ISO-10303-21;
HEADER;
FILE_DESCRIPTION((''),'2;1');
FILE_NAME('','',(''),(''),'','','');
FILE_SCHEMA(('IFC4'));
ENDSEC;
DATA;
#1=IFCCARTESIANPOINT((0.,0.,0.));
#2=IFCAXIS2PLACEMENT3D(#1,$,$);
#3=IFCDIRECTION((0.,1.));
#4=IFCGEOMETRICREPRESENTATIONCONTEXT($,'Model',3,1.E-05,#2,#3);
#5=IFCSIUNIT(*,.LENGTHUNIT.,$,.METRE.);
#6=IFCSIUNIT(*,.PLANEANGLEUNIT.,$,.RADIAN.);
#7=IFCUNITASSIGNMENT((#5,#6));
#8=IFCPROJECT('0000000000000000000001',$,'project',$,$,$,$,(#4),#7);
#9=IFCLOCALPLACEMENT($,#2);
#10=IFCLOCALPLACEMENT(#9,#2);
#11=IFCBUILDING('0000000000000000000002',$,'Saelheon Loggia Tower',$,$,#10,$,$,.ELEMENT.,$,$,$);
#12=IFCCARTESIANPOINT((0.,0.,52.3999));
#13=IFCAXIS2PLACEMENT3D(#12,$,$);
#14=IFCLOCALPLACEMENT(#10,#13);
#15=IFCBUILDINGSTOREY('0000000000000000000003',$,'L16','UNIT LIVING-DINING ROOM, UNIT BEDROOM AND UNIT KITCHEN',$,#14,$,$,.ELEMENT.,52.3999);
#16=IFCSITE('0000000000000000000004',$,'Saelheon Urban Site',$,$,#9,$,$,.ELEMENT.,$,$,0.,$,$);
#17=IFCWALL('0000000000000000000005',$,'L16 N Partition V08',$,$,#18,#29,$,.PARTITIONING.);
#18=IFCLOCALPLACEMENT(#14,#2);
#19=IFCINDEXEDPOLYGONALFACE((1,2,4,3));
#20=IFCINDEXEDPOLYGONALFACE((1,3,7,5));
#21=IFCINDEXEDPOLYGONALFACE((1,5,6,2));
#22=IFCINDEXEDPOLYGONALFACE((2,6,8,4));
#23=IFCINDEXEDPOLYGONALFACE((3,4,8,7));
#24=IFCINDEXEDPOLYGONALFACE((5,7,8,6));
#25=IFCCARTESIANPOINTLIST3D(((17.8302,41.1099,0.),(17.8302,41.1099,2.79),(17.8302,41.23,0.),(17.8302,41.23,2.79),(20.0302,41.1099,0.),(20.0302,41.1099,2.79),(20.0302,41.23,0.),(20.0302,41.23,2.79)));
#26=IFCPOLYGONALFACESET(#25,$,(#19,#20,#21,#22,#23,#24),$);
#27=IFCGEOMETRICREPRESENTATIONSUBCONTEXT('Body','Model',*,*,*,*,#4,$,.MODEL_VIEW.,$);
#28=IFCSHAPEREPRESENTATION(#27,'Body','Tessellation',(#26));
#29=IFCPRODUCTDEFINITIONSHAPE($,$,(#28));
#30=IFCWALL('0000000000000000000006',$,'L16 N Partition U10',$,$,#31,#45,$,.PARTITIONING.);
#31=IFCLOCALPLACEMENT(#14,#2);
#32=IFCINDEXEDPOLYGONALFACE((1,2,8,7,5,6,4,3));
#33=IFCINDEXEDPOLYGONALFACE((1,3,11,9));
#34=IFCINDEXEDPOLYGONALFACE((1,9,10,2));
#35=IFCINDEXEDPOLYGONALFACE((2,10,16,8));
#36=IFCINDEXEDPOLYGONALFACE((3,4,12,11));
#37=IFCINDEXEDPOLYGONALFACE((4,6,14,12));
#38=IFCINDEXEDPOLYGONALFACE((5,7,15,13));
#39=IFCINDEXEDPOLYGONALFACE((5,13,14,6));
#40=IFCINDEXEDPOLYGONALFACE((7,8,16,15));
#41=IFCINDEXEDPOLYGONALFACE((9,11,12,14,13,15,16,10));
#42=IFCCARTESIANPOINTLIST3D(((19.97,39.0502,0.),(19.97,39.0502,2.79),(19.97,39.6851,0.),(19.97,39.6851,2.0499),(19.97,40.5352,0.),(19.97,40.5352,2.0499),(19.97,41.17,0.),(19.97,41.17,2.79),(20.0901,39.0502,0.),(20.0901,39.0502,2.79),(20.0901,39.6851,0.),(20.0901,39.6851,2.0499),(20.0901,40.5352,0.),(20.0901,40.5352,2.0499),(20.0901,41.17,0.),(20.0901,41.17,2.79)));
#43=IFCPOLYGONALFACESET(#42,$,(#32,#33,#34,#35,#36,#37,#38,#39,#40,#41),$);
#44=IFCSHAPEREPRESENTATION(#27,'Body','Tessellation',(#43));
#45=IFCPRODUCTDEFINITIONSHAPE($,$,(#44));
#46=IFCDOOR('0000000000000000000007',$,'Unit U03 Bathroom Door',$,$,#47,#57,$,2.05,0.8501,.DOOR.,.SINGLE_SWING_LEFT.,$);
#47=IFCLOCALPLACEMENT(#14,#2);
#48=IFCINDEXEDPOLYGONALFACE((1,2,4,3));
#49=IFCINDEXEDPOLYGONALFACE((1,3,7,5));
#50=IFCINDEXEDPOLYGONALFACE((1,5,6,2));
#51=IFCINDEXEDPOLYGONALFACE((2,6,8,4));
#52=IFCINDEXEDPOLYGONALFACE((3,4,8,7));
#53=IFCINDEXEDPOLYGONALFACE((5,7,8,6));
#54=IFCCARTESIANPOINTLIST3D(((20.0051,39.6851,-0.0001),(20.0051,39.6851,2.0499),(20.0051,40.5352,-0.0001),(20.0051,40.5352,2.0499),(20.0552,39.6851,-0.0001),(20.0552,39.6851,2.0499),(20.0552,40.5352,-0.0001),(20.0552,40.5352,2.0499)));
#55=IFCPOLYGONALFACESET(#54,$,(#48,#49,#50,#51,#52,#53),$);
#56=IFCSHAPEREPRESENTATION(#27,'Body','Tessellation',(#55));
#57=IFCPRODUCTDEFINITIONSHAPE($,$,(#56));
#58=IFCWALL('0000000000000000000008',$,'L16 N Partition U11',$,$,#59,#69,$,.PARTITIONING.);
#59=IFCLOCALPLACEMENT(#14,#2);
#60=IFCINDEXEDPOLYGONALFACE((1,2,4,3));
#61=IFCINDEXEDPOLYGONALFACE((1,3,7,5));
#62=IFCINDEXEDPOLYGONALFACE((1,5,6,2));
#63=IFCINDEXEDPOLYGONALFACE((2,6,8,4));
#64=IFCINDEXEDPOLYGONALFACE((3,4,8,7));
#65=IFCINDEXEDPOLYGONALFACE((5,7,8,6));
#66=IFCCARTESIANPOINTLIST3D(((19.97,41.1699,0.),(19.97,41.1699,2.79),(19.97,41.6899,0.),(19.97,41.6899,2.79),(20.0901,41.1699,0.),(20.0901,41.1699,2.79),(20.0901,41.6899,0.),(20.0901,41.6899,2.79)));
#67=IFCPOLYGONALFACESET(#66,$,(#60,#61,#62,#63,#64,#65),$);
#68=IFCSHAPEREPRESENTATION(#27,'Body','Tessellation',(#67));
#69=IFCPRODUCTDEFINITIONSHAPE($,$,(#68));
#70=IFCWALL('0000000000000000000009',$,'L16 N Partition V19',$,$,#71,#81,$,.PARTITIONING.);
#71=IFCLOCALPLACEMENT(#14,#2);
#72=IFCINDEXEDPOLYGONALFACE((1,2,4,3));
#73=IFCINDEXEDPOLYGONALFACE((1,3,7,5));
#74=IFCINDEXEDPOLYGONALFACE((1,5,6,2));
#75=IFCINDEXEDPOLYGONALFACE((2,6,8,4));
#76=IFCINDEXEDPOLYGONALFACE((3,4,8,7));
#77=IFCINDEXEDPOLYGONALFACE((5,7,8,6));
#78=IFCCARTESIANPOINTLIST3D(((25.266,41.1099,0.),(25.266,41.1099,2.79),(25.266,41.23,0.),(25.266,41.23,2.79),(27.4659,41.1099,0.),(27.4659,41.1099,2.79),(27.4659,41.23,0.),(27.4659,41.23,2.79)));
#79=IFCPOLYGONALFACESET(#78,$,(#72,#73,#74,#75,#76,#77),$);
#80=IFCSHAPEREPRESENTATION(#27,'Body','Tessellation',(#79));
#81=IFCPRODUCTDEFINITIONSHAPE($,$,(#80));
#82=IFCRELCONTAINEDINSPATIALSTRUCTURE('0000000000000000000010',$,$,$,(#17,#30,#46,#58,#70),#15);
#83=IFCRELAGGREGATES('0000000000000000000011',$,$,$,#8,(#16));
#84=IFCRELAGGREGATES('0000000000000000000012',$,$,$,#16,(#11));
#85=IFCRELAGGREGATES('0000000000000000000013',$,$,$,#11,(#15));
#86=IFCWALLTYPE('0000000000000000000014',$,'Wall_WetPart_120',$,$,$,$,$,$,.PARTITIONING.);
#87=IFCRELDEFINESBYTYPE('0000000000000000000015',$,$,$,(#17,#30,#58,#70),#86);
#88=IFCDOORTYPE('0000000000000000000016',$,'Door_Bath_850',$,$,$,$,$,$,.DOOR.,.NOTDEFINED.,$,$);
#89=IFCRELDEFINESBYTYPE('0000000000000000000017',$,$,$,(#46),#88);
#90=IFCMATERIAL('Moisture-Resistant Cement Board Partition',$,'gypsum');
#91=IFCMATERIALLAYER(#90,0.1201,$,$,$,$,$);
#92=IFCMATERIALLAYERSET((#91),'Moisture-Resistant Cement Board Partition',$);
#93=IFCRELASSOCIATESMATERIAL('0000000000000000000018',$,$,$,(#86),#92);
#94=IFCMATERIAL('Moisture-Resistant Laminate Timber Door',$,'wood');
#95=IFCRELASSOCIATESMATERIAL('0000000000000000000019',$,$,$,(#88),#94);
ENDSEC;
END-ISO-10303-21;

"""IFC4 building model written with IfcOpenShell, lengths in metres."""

from ifc_helpers import new_model, si_unit, direction, frame, frame_2d, origin, place, context, subcontext, project, spatial, rectangle, extrude, source, transform, mapped, material, layer, layer_set, type_object, element, fill, save


model = new_model("IFC4")

# Units and contexts
model_context = context("Model", 3, precision=1e-05, world=origin(), true_north=direction((0.0, 1.0)))
body_context = subcontext(model_context, "Body", "Model", "MODEL_VIEW")
ifc_project = project(units=[si_unit("LENGTHUNIT", "METRE"), si_unit("PLANEANGLEUNIT", "RADIAN")], contexts=[model_context])

# Site, building, storey
site_placement = place(None, origin())
site = spatial("IfcSite", under=ifc_project, at=site_placement, Name="Saelheon Urban Site", CompositionType="ELEMENT", RefElevation=0.0)
building_placement = place(site_placement, origin())
building = spatial("IfcBuilding", under=site, at=building_placement, Name="Saelheon Loggia Tower", CompositionType="ELEMENT")
storey_placement = place(building_placement, frame((0.0, 0.0, 52.3999)))
storey = spatial("IfcBuildingStorey", under=building, at=storey_placement, Name="L16", Description="UNIT LIVING-DINING ROOM, UNIT BEDROOM AND UNIT KITCHEN", CompositionType="ELEMENT", Elevation=52.3999)

# Shared definitions
ifc_material_1 = material(Name="Moisture-Resistant Cement Board Partition", Category="gypsum")
ifc_layer_1 = layer(ifc_material_1, 0.1201)
ifc_layer_set_1 = layer_set([ifc_layer_1], Name="Moisture-Resistant Cement Board Partition")
wall_type_1 = type_object("IfcWallType", Name="Wall_WetPart_120", PredefinedType="PARTITIONING", material=ifc_layer_set_1)

# Wall
wall_1_placement = place(storey_placement, frame((17.8301, 41.1699, 0.0), z_axis=(0.0, 0.0, 1.0), x_axis=(1.0, 0.0, 0.0)))
element("IfcWall", 1, at=wall_1_placement, inside=storey, type_object=wall_type_1, Name="L16 N Partition V08", PredefinedType="PARTITIONING", context=body_context, shape_type="SweptSolid", body=[
    extrude(rectangle(XDim=2.2, YDim=0.1201, at=frame_2d((1.1001, 0.0))), origin(), (0.0, 0.0, 1.0), 2.79),
])

# Wall, opening, door
wall_2_placement = place(storey_placement, frame((20.03, 39.05, 0.0), z_axis=(0.0, 0.0, 1.0), x_axis=(0.0, 1.0, 0.0)))
wall_2 = element("IfcWall", 2, at=wall_2_placement, inside=storey, type_object=wall_type_1, Name="L16 N Partition U10", PredefinedType="PARTITIONING", context=body_context, shape_type="SweptSolid", body=[
    extrude(rectangle(XDim=2.1199, YDim=0.1201, at=frame_2d((1.0601, 0.0))), origin(), (0.0, 0.0, 1.0), 2.79),
])
opening_1_placement = place(wall_2_placement, frame((0.635, 0.0, 0.0)))
opening_1 = element("IfcOpeningElement", 3, at=opening_1_placement, cuts=wall_2, PredefinedType="OPENING", context=body_context, shape_type="SweptSolid", body=[
    extrude(rectangle(XDim=0.8501, YDim=2.05, at=frame_2d((0.425, 1.0249))), frame((0.0, 0.072, 0.0), z_axis=(0.0, -1.0, 0.0), x_axis=(1.0, 0.0, 0.0)), (0.0, 0.0, 1.0), 0.144),
])
ifc_material_2 = material(Name="Moisture-Resistant Laminate Timber Door", Category="wood")
door_type_1 = type_object("IfcDoorType", Name="Door_Bath_850", OperationType="NOTDEFINED", PredefinedType="DOOR", material=ifc_material_2)
shared_shape_1 = source(origin(), body_context, "Body", "SweptSolid", [
    extrude(rectangle(XDim=0.8501, YDim=2.05, at=frame_2d((0.425, 1.0249))), frame((0.0, 0.0249, 0.0), z_axis=(0.0, -1.0, 0.0), x_axis=(1.0, 0.0, 0.0)), (0.0, 0.0, 1.0), 0.05),
])
door_1_placement = place(opening_1_placement, origin())
door_1 = element("IfcDoor", 4, at=door_1_placement, inside=storey, type_object=door_type_1, Name="Unit U03 Bathroom Door", OperationType="SINGLE_SWING_LEFT", OverallHeight=2.05, OverallWidth=0.8501, PredefinedType="DOOR", context=body_context, shape_type="MappedRepresentation", body=[
    mapped(shared_shape_1, transform((0.0, 0.0, 0.0), scale=1.0)),
])
fill(opening_1, door_1)

# Walls
wall_3_placement = place(storey_placement, frame((20.03, 41.1699, 0.0), z_axis=(0.0, 0.0, 1.0), x_axis=(0.0, 1.0, 0.0)))
element("IfcWall", 5, at=wall_3_placement, inside=storey, type_object=wall_type_1, Name="L16 N Partition U11", PredefinedType="PARTITIONING", context=body_context, shape_type="SweptSolid", body=[
    extrude(rectangle(XDim=0.52, YDim=0.1201, at=frame_2d((0.26, 0.0))), origin(), (0.0, 0.0, 1.0), 2.79),
])
wall_4_placement = place(storey_placement, frame((25.2659, 41.1699, 0.0), z_axis=(0.0, 0.0, 1.0), x_axis=(1.0, 0.0, 0.0)))
element("IfcWall", 6, at=wall_4_placement, inside=storey, type_object=wall_type_1, Name="L16 N Partition V19", PredefinedType="PARTITIONING", context=body_context, shape_type="SweptSolid", body=[
    extrude(rectangle(XDim=2.2, YDim=0.1201, at=frame_2d((1.1001, 0.0))), origin(), (0.0, 0.0, 1.0), 2.79),
])

save(model, "model.ifc")
